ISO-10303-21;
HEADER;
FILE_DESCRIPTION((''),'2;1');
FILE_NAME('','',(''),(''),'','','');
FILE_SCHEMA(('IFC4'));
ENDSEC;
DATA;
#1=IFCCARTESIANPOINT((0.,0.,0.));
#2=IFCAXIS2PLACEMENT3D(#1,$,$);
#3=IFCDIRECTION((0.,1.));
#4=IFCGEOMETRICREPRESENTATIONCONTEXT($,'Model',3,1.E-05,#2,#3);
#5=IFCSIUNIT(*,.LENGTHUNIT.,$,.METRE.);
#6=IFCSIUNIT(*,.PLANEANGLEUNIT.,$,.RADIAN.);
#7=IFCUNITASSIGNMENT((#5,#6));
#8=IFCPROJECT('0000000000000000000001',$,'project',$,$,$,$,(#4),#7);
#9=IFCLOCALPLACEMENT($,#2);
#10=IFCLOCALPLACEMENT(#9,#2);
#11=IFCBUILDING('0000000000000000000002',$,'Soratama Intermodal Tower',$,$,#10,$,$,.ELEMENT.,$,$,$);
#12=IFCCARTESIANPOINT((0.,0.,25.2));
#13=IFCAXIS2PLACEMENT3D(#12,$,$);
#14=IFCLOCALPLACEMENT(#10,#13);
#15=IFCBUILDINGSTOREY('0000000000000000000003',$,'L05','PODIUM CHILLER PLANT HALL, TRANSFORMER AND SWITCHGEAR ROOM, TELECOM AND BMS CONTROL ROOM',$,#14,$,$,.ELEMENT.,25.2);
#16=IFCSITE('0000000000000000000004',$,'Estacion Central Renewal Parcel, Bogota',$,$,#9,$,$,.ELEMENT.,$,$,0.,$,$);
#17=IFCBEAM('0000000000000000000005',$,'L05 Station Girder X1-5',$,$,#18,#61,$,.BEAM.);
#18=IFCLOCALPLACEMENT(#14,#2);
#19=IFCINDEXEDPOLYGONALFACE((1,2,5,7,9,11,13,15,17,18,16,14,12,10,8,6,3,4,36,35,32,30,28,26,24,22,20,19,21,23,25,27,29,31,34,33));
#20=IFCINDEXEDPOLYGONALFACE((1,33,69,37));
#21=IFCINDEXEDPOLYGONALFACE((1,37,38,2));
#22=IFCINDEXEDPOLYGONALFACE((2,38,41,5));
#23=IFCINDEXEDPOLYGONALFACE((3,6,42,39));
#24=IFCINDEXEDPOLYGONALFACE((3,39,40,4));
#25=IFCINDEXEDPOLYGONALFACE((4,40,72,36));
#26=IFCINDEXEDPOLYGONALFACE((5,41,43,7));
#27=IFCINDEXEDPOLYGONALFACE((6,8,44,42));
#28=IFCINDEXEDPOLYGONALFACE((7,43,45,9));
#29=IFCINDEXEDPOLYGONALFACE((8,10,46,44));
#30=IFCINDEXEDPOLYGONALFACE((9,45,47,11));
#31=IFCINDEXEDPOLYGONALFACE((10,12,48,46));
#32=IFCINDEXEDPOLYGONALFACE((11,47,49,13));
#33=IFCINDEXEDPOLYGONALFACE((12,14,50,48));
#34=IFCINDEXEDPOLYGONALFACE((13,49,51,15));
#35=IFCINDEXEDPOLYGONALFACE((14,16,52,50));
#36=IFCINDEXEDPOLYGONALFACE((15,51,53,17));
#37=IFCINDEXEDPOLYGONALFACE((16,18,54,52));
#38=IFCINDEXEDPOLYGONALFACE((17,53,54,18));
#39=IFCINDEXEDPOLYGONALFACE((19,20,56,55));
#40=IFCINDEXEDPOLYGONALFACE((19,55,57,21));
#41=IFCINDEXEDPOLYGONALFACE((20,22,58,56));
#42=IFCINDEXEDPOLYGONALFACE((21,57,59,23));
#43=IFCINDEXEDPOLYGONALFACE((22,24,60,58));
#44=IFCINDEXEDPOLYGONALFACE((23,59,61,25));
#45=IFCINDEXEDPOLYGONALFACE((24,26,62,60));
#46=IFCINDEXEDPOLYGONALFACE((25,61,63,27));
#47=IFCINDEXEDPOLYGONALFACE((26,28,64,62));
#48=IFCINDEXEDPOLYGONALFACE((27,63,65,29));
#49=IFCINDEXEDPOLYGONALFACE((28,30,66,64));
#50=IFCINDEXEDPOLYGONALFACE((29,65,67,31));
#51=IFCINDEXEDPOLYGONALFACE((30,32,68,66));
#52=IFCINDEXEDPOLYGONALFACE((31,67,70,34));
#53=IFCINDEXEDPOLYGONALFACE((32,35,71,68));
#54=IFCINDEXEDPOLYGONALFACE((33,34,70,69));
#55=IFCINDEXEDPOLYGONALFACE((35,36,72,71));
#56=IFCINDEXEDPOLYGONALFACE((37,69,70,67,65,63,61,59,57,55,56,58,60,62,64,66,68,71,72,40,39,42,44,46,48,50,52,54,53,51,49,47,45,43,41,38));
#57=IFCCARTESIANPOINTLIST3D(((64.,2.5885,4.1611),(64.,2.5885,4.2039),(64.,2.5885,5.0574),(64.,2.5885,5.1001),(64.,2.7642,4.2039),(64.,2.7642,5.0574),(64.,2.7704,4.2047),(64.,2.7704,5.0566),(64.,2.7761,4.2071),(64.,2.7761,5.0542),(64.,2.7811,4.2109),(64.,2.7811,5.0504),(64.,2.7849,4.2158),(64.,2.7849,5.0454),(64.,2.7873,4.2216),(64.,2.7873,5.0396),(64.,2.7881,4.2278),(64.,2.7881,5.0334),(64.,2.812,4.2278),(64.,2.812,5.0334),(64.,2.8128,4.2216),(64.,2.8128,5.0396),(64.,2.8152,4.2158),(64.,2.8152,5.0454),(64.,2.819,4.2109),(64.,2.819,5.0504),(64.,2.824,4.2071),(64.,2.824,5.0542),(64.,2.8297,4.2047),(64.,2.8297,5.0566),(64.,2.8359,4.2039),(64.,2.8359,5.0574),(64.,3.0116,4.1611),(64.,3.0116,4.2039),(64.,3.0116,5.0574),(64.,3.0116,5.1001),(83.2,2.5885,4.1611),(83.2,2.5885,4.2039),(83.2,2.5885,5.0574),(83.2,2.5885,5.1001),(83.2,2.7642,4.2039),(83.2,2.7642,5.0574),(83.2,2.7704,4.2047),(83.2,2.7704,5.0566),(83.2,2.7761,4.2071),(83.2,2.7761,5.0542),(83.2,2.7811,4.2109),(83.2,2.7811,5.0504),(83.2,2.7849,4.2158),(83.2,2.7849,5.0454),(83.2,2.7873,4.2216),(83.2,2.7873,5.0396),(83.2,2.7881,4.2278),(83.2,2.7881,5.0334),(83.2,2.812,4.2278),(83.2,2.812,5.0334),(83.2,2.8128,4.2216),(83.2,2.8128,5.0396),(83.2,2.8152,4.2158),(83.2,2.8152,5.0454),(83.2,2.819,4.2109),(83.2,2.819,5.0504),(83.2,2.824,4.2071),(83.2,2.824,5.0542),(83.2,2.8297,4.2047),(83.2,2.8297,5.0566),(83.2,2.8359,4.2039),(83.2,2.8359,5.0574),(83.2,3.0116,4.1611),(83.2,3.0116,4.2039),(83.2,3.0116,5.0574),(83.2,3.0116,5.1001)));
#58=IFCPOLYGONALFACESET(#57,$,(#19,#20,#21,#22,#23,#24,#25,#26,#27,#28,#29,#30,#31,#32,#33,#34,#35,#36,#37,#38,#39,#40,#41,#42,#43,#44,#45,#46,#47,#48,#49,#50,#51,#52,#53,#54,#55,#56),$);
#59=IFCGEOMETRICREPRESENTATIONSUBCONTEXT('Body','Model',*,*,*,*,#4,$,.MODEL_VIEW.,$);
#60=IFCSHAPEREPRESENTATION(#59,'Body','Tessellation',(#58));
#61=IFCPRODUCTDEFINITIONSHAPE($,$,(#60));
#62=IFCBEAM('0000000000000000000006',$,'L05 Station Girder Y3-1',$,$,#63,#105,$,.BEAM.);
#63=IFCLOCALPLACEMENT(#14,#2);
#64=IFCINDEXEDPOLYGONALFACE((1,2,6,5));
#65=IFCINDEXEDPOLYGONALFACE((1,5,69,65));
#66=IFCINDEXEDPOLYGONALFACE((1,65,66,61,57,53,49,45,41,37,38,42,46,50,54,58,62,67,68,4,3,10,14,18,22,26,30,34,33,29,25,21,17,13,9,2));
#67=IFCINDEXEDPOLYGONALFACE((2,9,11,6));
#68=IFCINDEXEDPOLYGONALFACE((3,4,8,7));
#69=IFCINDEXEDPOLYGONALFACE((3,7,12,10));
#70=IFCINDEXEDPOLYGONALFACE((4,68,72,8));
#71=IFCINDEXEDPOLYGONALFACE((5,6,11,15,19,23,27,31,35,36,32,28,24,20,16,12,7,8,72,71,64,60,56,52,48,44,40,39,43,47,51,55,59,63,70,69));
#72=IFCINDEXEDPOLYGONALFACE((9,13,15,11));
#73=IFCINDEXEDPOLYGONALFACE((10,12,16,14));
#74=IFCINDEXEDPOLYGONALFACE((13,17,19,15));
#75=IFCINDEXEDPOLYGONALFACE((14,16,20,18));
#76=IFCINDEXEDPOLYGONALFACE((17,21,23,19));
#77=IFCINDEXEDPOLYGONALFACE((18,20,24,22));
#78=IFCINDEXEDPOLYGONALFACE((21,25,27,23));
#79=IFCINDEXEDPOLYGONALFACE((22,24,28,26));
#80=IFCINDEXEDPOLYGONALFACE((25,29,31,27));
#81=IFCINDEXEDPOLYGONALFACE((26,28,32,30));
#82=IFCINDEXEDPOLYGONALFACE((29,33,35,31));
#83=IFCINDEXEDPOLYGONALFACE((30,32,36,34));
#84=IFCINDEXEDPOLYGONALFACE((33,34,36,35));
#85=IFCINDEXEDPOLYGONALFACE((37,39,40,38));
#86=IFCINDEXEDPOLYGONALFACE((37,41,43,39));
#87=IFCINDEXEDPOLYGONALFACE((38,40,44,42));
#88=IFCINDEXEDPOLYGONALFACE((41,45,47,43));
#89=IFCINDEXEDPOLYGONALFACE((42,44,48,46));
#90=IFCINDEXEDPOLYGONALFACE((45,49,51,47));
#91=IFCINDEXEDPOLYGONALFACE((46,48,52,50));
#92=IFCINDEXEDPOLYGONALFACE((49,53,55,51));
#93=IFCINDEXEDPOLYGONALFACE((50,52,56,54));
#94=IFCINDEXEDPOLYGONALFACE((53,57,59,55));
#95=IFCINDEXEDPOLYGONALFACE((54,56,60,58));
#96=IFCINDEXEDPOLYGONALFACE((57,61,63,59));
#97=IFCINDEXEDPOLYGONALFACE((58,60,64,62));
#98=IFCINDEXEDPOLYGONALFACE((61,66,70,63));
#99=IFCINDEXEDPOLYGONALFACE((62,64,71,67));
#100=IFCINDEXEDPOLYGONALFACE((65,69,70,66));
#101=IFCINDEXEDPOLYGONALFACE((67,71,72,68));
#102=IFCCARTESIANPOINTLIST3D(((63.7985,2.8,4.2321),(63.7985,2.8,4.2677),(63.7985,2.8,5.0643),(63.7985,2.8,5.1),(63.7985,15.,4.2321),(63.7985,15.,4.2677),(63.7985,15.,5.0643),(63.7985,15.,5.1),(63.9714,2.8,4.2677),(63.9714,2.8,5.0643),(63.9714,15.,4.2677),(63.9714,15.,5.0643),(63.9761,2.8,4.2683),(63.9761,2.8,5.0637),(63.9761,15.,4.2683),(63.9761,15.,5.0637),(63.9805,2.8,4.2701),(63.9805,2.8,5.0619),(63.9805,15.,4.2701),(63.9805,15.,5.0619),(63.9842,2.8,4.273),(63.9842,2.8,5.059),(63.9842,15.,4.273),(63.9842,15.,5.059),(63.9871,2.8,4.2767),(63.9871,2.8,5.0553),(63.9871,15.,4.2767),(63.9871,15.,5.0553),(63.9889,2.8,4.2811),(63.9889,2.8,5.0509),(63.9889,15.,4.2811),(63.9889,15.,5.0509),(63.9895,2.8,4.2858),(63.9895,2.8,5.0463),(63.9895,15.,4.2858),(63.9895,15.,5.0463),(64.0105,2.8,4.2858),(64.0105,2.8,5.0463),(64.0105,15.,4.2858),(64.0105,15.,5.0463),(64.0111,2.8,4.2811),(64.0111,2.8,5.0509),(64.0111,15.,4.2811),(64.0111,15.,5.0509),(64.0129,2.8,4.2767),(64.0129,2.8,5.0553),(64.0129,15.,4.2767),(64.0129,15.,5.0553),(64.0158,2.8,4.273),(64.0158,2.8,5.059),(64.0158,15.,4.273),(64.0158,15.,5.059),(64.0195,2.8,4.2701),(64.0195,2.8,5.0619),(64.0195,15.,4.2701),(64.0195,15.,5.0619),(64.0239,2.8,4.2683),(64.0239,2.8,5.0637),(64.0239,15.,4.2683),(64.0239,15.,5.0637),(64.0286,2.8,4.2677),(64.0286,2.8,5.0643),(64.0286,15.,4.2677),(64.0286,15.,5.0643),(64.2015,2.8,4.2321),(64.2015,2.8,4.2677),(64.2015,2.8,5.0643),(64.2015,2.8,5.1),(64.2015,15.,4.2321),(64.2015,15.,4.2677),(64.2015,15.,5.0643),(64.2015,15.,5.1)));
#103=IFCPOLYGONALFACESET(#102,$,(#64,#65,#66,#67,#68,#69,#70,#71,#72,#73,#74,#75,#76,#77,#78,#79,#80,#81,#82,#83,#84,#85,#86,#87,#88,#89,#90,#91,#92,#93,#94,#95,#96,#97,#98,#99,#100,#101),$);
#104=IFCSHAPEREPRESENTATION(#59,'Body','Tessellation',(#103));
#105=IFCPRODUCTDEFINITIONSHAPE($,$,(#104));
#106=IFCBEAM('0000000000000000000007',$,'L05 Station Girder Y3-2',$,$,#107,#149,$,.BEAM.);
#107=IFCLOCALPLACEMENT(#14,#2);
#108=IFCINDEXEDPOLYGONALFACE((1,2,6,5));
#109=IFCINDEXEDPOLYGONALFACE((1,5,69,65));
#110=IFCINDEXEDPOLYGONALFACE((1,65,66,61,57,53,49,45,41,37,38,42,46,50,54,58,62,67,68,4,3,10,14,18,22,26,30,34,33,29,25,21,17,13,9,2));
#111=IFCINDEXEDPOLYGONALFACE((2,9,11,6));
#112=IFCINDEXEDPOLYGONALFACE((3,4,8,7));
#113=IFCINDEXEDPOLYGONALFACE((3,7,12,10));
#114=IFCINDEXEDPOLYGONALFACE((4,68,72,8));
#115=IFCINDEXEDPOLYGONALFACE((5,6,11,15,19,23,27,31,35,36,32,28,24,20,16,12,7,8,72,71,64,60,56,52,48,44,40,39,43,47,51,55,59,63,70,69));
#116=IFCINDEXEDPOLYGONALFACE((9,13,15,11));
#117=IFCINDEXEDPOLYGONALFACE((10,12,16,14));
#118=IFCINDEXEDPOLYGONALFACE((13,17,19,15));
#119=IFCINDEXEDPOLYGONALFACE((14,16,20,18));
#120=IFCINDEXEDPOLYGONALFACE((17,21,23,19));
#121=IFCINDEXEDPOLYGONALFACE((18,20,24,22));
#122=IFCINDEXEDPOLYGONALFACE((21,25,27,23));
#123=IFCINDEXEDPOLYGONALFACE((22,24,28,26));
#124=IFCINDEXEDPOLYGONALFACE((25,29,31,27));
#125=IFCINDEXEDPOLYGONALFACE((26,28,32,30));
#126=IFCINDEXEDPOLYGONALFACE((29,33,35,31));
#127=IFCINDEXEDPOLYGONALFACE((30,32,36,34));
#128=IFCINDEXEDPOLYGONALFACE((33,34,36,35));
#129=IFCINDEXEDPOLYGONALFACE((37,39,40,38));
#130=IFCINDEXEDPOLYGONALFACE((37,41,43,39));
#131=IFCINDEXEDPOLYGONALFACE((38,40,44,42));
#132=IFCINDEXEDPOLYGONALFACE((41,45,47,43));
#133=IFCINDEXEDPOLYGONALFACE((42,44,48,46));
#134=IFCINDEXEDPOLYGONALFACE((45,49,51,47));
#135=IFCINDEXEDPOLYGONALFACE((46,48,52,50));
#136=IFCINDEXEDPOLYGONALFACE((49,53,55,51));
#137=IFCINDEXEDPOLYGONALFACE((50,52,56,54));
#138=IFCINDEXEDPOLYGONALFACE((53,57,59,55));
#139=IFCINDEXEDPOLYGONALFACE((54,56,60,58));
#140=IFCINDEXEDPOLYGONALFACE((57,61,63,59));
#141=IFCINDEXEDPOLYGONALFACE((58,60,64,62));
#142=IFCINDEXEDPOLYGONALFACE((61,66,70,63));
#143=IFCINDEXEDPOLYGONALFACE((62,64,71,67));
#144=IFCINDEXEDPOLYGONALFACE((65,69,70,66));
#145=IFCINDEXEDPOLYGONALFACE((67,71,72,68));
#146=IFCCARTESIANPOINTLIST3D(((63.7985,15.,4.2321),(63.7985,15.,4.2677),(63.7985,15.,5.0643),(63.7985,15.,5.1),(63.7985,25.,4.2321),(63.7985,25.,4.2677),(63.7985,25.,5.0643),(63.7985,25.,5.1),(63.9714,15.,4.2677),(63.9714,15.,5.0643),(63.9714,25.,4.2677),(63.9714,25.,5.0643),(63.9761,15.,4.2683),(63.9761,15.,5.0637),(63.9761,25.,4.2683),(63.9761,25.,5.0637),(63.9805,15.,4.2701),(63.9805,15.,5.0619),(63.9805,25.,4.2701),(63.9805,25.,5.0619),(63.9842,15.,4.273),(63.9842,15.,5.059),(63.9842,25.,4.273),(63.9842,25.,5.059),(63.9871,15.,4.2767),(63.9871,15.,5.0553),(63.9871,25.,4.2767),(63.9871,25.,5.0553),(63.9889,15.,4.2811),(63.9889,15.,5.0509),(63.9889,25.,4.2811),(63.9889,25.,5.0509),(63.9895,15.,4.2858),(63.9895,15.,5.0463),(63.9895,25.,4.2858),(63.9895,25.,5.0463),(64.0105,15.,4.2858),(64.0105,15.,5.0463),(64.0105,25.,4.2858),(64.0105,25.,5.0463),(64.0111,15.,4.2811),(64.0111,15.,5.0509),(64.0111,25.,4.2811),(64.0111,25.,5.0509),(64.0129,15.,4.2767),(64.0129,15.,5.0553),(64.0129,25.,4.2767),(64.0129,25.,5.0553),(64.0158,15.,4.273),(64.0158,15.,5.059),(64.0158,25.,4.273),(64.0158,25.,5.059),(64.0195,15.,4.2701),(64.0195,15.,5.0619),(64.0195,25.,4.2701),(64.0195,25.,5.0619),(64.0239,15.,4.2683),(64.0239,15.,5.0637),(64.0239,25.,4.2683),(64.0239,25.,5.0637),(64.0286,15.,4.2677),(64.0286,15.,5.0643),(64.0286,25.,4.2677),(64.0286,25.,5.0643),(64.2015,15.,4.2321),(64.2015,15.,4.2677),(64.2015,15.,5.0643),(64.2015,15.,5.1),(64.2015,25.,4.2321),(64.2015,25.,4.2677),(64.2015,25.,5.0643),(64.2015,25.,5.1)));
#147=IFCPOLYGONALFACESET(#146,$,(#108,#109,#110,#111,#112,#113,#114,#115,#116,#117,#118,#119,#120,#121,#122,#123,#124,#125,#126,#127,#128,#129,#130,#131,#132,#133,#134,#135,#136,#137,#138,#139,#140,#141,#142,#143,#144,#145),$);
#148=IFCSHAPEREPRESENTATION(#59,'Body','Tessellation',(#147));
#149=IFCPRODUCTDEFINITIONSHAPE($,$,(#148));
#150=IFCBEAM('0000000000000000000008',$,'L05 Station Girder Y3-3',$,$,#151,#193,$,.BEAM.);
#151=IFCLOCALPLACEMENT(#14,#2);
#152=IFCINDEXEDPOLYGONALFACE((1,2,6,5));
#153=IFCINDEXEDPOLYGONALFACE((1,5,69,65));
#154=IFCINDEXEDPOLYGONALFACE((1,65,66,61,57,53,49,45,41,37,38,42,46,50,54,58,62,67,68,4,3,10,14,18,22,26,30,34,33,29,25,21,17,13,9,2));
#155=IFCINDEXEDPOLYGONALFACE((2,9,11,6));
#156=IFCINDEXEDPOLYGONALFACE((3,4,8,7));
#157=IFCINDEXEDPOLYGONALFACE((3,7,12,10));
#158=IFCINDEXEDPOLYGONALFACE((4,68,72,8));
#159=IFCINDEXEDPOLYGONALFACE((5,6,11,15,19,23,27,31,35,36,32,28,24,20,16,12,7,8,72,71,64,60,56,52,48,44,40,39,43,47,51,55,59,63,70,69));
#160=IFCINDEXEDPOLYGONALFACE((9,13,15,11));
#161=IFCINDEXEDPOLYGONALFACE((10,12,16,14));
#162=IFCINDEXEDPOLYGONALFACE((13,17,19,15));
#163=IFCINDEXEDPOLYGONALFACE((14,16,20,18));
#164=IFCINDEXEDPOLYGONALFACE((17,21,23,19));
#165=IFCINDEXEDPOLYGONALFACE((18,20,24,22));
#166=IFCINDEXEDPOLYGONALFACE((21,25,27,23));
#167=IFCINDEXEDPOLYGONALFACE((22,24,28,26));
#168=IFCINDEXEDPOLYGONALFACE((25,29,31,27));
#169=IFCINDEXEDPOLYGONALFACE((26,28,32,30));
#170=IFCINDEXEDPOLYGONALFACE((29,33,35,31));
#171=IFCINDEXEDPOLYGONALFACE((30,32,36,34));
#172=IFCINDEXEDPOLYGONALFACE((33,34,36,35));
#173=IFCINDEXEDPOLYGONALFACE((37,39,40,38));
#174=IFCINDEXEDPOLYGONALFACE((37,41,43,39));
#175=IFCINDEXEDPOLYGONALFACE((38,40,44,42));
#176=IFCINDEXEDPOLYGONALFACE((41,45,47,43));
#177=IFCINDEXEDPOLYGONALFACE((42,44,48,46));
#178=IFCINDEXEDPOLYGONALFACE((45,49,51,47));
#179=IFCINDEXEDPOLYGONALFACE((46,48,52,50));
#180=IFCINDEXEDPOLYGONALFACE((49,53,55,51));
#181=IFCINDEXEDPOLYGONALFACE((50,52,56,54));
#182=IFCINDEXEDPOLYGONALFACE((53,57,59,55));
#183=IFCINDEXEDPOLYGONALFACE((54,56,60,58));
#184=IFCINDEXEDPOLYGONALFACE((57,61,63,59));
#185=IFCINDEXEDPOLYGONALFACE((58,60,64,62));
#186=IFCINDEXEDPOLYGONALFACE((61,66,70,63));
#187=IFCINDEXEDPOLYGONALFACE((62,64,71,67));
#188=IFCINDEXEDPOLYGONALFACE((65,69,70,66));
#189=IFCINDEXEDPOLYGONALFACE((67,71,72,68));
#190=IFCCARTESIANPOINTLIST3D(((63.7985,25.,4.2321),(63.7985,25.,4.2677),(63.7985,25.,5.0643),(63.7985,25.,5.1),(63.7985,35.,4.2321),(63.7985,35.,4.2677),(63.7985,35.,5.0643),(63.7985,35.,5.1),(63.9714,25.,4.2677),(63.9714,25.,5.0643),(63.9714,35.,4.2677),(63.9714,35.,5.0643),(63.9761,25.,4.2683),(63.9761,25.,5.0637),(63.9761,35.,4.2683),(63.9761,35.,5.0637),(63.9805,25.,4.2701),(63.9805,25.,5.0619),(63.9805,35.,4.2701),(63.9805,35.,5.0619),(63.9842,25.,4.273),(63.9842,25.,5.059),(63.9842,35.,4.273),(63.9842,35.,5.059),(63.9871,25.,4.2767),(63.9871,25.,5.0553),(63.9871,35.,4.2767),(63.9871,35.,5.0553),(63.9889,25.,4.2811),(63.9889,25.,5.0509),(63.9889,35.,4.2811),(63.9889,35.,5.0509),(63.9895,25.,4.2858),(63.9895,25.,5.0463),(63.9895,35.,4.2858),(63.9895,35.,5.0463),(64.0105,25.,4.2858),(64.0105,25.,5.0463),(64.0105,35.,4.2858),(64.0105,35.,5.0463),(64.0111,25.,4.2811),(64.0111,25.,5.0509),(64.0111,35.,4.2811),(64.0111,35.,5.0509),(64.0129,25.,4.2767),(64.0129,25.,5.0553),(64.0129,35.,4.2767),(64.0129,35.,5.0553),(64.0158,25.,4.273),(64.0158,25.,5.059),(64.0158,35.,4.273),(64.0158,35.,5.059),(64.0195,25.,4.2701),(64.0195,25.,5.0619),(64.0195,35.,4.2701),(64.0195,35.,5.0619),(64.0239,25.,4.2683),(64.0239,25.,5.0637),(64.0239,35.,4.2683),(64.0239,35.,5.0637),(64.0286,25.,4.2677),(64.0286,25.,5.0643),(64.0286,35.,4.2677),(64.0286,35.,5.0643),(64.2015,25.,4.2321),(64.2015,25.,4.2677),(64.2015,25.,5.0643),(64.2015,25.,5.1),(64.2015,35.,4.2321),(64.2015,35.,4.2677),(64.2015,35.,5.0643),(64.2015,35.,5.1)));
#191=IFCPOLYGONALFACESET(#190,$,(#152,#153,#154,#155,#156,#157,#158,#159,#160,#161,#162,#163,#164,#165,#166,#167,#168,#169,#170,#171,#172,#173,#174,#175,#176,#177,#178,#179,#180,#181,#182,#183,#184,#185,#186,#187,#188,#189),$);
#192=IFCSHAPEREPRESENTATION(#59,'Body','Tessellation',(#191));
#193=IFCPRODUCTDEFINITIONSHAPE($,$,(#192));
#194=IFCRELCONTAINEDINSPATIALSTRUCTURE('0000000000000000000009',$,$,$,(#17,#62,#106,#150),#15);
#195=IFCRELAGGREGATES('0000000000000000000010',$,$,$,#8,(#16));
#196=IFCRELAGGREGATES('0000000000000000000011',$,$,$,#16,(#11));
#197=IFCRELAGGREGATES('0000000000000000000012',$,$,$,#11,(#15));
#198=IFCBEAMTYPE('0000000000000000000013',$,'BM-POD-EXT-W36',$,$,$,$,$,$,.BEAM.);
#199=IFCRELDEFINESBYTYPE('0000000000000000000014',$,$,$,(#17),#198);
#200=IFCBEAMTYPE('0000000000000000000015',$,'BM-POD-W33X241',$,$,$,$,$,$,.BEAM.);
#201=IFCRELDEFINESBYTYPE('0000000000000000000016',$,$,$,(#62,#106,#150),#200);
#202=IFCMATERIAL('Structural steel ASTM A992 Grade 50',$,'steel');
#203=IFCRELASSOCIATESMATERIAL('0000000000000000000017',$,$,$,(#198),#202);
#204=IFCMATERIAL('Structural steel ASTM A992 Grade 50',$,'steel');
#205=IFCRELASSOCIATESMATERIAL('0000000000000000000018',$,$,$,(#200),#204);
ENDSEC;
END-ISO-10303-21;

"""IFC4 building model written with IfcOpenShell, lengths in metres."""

from ifc_helpers import new_model, si_unit, direction, frame, origin, origin_2d, place, context, subcontext, project, spatial, i_section, extrude, material, material_profile, profile_set, type_object, element, save


model = new_model("IFC4")

# Units and contexts
model_context = context("Model", 3, precision=1e-05, world=origin(), true_north=direction((0.0, 1.0)))
body_context = subcontext(model_context, "Body", "Model", "MODEL_VIEW")
ifc_project = project(units=[si_unit("LENGTHUNIT", "METRE"), si_unit("PLANEANGLEUNIT", "RADIAN")], contexts=[model_context])

# Site, building, storey
site_placement = place(None, origin())
site = spatial("IfcSite", under=ifc_project, at=site_placement, Name="Estacion Central Renewal Parcel, Bogota", CompositionType="ELEMENT", RefElevation=0.0)
building_placement = place(site_placement, origin())
building = spatial("IfcBuilding", under=site, at=building_placement, Name="Soratama Intermodal Tower", CompositionType="ELEMENT")
storey_placement = place(building_placement, frame((0.0, 0.0, 25.2)))
storey = spatial("IfcBuildingStorey", under=building, at=storey_placement, Name="L05", Description="PODIUM CHILLER PLANT HALL, TRANSFORMER AND SWITCHGEAR ROOM, TELECOM AND BMS CONTROL ROOM", CompositionType="ELEMENT", Elevation=25.2)

# Beams
ifc_material_1 = material(Name="Structural steel ASTM A992 Grade 50", Category="steel")
ifc_material_profile_1 = material_profile(ifc_material_1, i_section(OverallWidth=0.4231, OverallDepth=0.939, WebThickness=0.0239, FlangeThickness=0.0427, FilletRadius=0.0239, at=origin_2d()), Name="W36X302")
ifc_profile_set_1 = profile_set([ifc_material_profile_1], Name="Structural steel ASTM A992 Grade 50")
beam_type_1 = type_object("IfcBeamType", Name="BM-POD-EXT-W36", PredefinedType="BEAM", material=ifc_profile_set_1)
beam_1_placement = place(storey_placement, frame((64.0, 2.8, 4.6306), z_axis=(1.0, 0.0, 0.0), x_axis=(0.0, 1.0, 0.0)))
element("IfcBeam", 1, at=beam_1_placement, inside=storey, type_object=beam_type_1, Name="L05 Station Girder X1-5", PredefinedType="BEAM", context=body_context, shape_type="SweptSolid", body=[
    extrude(i_section(OverallWidth=0.4231, OverallDepth=0.939, WebThickness=0.0239, FlangeThickness=0.0427, FilletRadius=0.0239, at=origin_2d()), origin(), (0.0, 0.0, 1.0), 19.2),
])
ifc_material_2 = material(Name="Structural steel ASTM A992 Grade 50", Category="steel")
ifc_material_profile_2 = material_profile(ifc_material_2, i_section(OverallWidth=0.4031, OverallDepth=0.8679, WebThickness=0.021, FlangeThickness=0.0356, FilletRadius=0.0181, at=origin_2d()), Name="W33X241")
ifc_profile_set_2 = profile_set([ifc_material_profile_2], Name="Structural steel ASTM A992 Grade 50")
beam_type_2 = type_object("IfcBeamType", Name="BM-POD-W33X241", PredefinedType="BEAM", material=ifc_profile_set_2)
beam_2_placement = place(storey_placement, frame((64.0, 2.8, 4.666), z_axis=(0.0, 1.0, 0.0), x_axis=(-1.0, 0.0, 0.0)))
element("IfcBeam", 2, at=beam_2_placement, inside=storey, type_object=beam_type_2, Name="L05 Station Girder Y3-1", PredefinedType="BEAM", context=body_context, shape_type="SweptSolid", body=[
    extrude(i_section(OverallWidth=0.4031, OverallDepth=0.8679, WebThickness=0.021, FlangeThickness=0.0356, FilletRadius=0.0181, at=origin_2d()), origin(), (0.0, 0.0, 1.0), 12.2),
])
for number, where, z_axis, x_axis, name in (
    (3, (64.0, 15.0, 4.666), (0.0, 1.0, 0.0), (-1.0, 0.0, 0.0), "L05 Station Girder Y3-2"),
    (4, (64.0, 25.0, 4.666), (0.0, 1.0, 0.0), (-1.0, 0.0, 0.0), "L05 Station Girder Y3-3"),
):
    element("IfcBeam", number, at=place(storey_placement, frame(where, z_axis=z_axis, x_axis=x_axis)), inside=storey, type_object=beam_type_2, Name=name, PredefinedType="BEAM", context=body_context, shape_type="SweptSolid", body=[
        extrude(i_section(OverallWidth=0.4031, OverallDepth=0.8679, WebThickness=0.021, FlangeThickness=0.0356, FilletRadius=0.0181, at=origin_2d()), origin(), (0.0, 0.0, 1.0), 10.0),
    ])

save(model, "model.ifc")
